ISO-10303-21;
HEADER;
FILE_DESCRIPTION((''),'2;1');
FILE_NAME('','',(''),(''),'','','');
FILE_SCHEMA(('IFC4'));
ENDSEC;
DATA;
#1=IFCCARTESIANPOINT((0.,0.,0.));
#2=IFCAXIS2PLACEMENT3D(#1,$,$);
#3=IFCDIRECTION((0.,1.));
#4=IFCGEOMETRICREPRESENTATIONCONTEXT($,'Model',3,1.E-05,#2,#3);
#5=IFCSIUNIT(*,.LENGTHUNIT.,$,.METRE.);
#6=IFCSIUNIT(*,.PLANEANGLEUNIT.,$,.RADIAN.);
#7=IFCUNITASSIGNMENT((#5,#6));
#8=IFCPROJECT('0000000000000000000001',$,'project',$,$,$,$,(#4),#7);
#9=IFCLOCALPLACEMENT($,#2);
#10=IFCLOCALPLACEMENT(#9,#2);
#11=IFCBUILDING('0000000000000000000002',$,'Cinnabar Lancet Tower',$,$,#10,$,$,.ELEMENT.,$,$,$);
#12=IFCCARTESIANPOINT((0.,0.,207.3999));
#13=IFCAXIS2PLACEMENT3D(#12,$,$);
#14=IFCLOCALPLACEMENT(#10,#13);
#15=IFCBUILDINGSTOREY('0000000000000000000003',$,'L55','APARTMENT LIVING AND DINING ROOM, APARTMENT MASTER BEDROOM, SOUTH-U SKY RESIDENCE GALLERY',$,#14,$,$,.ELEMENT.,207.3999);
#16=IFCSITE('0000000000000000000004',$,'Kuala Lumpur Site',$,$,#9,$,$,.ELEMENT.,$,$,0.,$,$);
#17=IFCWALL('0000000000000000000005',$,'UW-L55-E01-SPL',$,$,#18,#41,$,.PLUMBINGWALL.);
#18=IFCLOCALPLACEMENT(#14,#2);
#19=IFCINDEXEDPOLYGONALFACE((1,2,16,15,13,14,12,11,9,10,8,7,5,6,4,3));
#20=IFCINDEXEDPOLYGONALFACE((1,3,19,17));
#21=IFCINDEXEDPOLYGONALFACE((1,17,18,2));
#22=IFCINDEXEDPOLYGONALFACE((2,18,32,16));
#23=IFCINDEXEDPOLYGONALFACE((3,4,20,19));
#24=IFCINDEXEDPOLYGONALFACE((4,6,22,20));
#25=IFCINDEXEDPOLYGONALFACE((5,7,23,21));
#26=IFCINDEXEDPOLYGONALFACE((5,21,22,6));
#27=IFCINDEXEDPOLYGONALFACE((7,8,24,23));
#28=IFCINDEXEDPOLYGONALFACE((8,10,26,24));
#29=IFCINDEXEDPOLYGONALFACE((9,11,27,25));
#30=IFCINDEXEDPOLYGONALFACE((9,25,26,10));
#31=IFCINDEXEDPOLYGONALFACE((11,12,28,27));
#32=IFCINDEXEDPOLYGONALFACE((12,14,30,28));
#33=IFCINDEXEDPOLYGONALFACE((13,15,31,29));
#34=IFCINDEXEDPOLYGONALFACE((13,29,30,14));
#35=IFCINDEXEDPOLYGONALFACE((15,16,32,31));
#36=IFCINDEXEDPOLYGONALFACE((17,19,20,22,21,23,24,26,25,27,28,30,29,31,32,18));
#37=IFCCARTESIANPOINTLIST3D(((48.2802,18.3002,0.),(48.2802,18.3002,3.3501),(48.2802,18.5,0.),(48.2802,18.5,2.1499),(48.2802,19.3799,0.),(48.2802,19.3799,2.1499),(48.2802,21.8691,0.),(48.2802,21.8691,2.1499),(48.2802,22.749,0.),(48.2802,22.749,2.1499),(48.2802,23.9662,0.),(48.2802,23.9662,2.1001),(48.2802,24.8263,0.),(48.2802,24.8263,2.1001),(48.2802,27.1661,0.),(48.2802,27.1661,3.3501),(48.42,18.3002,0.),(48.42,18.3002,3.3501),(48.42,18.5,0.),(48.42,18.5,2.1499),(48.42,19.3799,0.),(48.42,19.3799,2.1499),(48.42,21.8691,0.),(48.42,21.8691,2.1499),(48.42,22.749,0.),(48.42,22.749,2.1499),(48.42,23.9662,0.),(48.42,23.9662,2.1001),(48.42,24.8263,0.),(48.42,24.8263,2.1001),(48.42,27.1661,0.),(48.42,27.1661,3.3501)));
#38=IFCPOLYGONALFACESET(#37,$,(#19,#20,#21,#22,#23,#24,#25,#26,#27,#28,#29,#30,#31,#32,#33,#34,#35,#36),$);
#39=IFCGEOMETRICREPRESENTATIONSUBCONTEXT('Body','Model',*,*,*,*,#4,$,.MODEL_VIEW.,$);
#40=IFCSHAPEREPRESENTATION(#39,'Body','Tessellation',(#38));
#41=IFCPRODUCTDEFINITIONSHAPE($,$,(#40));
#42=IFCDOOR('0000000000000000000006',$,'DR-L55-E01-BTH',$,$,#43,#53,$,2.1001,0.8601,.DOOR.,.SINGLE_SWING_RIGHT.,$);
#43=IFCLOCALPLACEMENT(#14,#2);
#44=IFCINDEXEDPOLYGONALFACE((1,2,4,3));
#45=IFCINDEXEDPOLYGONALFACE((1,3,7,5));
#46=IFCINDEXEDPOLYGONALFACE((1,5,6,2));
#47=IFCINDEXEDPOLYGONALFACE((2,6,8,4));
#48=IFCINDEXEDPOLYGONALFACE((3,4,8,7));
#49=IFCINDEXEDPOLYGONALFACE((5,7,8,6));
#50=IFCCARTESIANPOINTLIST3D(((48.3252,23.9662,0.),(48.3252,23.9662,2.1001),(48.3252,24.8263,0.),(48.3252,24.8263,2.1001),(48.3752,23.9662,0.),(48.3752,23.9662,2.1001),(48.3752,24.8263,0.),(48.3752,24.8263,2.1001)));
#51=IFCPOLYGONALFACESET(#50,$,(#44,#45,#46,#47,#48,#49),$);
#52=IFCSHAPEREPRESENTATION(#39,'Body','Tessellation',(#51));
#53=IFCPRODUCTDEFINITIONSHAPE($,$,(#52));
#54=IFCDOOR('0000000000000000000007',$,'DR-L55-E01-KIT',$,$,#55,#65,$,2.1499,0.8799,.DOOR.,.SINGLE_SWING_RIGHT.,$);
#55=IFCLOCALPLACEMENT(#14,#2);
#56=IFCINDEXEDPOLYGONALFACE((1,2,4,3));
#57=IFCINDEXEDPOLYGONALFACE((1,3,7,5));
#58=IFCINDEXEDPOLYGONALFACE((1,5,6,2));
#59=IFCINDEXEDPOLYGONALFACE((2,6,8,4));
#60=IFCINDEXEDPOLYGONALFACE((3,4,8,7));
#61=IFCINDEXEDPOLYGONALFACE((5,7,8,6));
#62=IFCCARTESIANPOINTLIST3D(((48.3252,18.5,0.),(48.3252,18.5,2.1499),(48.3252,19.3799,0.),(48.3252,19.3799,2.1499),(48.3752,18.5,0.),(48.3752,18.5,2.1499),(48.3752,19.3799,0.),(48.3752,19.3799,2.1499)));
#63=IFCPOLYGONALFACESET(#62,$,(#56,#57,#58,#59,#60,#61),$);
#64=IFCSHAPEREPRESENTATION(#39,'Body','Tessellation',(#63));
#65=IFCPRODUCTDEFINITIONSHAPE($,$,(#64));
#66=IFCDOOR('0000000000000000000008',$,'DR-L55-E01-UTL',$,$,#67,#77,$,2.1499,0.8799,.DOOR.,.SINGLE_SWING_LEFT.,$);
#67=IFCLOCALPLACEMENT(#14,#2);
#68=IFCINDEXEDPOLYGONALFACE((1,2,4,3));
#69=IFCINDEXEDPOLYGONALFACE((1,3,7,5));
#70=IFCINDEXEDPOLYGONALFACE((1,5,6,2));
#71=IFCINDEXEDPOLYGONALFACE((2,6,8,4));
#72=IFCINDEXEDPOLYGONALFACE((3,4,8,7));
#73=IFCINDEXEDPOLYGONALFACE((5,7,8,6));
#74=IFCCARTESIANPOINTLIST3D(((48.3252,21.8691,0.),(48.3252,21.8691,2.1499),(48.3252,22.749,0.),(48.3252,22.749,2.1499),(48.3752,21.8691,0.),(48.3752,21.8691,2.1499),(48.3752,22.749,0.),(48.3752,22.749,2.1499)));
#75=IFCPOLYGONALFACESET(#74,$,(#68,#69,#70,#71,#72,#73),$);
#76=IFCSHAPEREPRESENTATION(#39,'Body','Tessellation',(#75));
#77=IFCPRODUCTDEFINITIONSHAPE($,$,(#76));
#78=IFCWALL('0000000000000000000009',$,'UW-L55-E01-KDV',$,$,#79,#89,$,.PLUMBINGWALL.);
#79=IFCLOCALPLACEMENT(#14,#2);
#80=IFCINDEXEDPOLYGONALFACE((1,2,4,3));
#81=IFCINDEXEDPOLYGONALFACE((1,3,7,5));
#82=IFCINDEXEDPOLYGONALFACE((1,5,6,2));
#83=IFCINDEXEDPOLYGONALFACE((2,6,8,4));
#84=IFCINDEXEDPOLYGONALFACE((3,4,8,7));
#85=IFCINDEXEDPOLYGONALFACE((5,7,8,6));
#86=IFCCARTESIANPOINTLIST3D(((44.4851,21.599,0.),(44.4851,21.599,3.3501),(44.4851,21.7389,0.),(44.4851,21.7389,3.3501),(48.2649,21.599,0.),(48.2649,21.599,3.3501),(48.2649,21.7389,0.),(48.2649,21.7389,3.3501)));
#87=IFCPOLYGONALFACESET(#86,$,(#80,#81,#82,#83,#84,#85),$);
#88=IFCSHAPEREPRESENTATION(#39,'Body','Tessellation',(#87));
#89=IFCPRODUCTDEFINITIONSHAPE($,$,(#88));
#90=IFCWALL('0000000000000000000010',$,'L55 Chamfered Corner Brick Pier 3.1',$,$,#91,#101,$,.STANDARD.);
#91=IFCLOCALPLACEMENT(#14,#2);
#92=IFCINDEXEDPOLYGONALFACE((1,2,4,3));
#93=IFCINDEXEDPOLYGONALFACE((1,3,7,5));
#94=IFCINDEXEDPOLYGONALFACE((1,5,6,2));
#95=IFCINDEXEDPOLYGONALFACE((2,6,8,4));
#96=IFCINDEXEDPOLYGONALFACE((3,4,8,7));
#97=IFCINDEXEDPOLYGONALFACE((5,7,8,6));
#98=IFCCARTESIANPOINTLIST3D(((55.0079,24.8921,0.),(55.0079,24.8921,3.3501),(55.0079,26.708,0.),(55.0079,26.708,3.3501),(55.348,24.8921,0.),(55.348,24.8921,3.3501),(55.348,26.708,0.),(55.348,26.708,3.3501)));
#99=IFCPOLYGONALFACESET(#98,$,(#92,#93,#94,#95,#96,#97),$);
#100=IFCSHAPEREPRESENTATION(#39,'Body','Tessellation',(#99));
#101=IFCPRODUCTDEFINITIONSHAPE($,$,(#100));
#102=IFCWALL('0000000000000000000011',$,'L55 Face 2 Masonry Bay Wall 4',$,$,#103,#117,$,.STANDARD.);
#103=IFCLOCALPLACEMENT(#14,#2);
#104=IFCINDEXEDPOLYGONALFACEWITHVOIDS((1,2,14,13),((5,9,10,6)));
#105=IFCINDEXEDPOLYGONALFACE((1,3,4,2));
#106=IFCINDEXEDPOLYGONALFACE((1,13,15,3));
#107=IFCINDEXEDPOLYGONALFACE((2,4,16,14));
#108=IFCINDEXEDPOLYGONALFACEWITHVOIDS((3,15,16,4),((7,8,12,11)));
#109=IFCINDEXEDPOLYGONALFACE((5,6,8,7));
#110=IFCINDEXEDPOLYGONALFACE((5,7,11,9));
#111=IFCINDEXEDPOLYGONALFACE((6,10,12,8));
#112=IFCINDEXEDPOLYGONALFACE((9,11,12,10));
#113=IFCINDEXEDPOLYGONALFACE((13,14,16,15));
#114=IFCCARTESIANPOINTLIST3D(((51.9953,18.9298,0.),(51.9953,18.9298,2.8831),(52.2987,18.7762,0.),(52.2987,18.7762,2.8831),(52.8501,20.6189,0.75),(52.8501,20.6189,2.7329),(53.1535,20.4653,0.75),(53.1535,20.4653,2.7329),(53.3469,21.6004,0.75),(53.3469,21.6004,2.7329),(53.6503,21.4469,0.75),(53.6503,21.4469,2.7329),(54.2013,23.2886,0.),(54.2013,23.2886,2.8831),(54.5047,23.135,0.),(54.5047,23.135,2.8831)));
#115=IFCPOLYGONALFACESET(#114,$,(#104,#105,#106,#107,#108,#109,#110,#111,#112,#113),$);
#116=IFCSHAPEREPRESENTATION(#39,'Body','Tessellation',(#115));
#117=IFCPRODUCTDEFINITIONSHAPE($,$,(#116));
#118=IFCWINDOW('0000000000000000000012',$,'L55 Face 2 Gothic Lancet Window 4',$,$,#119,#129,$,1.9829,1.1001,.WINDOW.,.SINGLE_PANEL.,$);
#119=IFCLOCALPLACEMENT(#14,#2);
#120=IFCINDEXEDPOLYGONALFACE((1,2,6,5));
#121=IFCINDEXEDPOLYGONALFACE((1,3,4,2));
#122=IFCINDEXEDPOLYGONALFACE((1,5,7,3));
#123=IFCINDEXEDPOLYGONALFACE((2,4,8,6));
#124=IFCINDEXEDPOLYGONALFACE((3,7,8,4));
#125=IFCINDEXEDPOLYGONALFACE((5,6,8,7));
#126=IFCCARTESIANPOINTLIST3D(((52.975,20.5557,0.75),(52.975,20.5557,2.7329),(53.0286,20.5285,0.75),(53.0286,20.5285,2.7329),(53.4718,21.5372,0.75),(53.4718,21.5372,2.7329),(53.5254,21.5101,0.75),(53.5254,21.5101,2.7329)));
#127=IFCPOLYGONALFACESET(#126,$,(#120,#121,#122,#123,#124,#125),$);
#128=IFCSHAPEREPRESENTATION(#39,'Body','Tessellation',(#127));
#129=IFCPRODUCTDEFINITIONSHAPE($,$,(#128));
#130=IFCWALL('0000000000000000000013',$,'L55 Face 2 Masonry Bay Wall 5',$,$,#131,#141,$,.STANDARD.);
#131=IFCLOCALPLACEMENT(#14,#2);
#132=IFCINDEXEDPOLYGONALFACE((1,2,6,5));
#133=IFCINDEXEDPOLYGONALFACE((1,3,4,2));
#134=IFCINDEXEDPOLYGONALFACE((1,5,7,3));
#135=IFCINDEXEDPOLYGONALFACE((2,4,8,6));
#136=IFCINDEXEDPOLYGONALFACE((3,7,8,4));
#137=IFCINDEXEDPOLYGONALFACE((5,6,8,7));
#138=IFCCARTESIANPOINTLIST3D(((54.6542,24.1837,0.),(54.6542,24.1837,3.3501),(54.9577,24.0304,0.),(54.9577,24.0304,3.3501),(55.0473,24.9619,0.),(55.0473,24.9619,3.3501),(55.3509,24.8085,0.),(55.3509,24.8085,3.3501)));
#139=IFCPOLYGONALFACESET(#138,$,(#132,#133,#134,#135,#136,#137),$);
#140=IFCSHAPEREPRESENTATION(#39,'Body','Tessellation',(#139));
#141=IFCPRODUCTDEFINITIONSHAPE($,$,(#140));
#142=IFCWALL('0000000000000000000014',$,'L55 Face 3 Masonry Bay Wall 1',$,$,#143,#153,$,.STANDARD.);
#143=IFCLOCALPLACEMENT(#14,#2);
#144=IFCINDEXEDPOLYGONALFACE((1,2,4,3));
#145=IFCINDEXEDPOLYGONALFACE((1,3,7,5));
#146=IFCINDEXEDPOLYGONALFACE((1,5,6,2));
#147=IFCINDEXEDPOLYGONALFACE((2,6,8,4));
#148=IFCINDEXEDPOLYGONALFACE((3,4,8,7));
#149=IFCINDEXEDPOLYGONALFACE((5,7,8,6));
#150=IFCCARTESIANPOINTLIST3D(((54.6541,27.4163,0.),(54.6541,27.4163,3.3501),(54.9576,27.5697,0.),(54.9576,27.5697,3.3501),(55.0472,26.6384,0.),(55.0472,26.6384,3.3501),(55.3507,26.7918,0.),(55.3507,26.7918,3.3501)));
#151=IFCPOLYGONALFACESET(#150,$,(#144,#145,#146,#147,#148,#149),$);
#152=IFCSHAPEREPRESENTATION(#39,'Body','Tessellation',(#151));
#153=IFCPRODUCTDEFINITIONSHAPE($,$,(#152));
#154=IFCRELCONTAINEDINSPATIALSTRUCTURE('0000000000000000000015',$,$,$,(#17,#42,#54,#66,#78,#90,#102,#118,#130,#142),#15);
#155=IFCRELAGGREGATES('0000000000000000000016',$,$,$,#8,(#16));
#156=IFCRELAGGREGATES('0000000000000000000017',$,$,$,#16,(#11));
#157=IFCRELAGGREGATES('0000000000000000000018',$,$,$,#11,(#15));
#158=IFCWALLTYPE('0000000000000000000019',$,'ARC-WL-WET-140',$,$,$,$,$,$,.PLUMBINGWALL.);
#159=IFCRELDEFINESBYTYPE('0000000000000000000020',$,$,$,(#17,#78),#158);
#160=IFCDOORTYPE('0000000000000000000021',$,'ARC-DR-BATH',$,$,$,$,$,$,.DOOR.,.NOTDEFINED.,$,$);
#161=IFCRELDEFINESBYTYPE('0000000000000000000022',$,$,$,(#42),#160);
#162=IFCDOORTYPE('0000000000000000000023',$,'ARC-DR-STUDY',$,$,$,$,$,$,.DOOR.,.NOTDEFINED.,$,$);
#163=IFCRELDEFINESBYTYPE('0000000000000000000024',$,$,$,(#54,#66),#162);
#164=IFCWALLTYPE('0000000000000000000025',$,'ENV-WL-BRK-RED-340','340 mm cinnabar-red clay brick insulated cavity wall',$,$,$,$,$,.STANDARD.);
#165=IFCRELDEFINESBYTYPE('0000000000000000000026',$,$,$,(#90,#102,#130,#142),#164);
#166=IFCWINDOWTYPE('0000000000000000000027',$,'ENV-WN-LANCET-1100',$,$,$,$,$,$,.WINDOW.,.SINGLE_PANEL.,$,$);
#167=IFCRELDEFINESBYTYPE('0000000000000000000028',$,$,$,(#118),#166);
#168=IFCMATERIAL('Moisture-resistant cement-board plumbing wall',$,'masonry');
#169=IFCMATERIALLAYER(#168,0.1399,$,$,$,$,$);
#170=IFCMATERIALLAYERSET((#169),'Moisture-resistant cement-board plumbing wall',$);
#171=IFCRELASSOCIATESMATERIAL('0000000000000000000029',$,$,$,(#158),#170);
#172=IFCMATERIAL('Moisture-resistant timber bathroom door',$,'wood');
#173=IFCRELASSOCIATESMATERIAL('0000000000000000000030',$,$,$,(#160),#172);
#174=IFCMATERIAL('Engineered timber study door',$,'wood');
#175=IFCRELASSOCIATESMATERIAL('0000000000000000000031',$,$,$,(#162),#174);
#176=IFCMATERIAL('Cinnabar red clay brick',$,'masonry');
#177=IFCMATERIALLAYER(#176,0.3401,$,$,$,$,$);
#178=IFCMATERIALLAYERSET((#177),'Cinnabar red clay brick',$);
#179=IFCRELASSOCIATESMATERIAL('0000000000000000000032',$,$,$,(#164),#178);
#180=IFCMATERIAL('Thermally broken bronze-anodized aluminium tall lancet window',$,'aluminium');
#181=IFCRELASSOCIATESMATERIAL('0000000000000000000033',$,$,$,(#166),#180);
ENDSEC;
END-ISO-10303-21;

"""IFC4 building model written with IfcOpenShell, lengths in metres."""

from ifc_helpers import new_model, si_unit, direction, frame, frame_2d, origin, place, context, subcontext, project, spatial, rectangle, extrude, material, layer, layer_set, type_object, element, fill, save


model = new_model("IFC4")

# Units and contexts
model_context = context("Model", 3, precision=1e-05, world=origin(), true_north=direction((0.0, 1.0)))
body_context = subcontext(model_context, "Body", "Model", "MODEL_VIEW")
ifc_project = project(units=[si_unit("LENGTHUNIT", "METRE"), si_unit("PLANEANGLEUNIT", "RADIAN")], contexts=[model_context])

# Site, building, storey
site_placement = place(None, origin())
site = spatial("IfcSite", under=ifc_project, at=site_placement, Name="Kuala Lumpur Site", CompositionType="ELEMENT", RefElevation=0.0)
building_placement = place(site_placement, origin())
building = spatial("IfcBuilding", under=site, at=building_placement, Name="Cinnabar Lancet Tower", CompositionType="ELEMENT")
storey_placement = place(building_placement, frame((0.0, 0.0, 207.3999)))
storey = spatial("IfcBuildingStorey", under=building, at=storey_placement, Name="L55", Description="APARTMENT LIVING AND DINING ROOM, APARTMENT MASTER BEDROOM, SOUTH-U SKY RESIDENCE GALLERY", CompositionType="ELEMENT", Elevation=207.3999)

# Wall, openings, doors
ifc_material_1 = material(Name="Moisture-resistant cement-board plumbing wall", Category="masonry")
ifc_layer_1 = layer(ifc_material_1, 0.1399)
ifc_layer_set_1 = layer_set([ifc_layer_1], Name="Moisture-resistant cement-board plumbing wall")
wall_type_1 = type_object("IfcWallType", Name="ARC-WL-WET-140", PredefinedType="PLUMBINGWALL", material=ifc_layer_set_1)
wall_1_placement = place(storey_placement, frame((48.3501, 18.3, 0.0), z_axis=(0.0, 0.0, 1.0), x_axis=(0.0, 1.0, 0.0)))
wall_1 = element("IfcWall", 1, at=wall_1_placement, inside=storey, type_object=wall_type_1, Name="UW-L55-E01-SPL", PredefinedType="PLUMBINGWALL", context=body_context, shape_type="SweptSolid", body=[
    extrude(rectangle(XDim=8.866, YDim=0.1399, at=frame_2d((4.4331, 0.0))), origin(), (0.0, 0.0, 1.0), 3.3501),
])
opening_1_placement = place(wall_1_placement, frame((0.2, 0.0, 0.0)))
opening_1 = element("IfcOpeningElement", 2, at=opening_1_placement, cuts=wall_1, PredefinedType="OPENING", context=body_context, shape_type="SweptSolid", body=[
    extrude(rectangle(XDim=0.8799, YDim=2.1499, at=frame_2d((0.4399, 1.075))), frame((0.0, 0.0798, 0.0), z_axis=(0.0, -1.0, 0.0), x_axis=(1.0, 0.0, 0.0)), (0.0, 0.0, 1.0), 0.1599),
])
opening_2_placement = place(wall_1_placement, frame((3.5691, 0.0, 0.0)))
opening_2 = element("IfcOpeningElement", 3, at=opening_2_placement, cuts=wall_1, PredefinedType="OPENING", context=body_context, shape_type="SweptSolid", body=[
    extrude(rectangle(XDim=0.8799, YDim=2.1499, at=frame_2d((0.4399, 1.075))), frame((0.0, 0.0798, 0.0), z_axis=(0.0, -1.0, 0.0), x_axis=(1.0, 0.0, 0.0)), (0.0, 0.0, 1.0), 0.1599),
])
opening_3_placement = place(wall_1_placement, frame((5.666, 0.0, 0.0)))
opening_3 = element("IfcOpeningElement", 4, at=opening_3_placement, cuts=wall_1, PredefinedType="OPENING", context=body_context, shape_type="SweptSolid", body=[
    extrude(rectangle(XDim=0.8601, YDim=2.1001, at=frame_2d((0.4302, 1.05))), frame((0.0, 0.0798, 0.0), z_axis=(0.0, -1.0, 0.0), x_axis=(1.0, 0.0, 0.0)), (0.0, 0.0, 1.0), 0.1599),
])
ifc_material_2 = material(Name="Moisture-resistant timber bathroom door", Category="wood")
door_type_1 = type_object("IfcDoorType", Name="ARC-DR-BATH", OperationType="NOTDEFINED", PredefinedType="DOOR", material=ifc_material_2)
door_1_placement = place(opening_3_placement, origin())
door_1 = element("IfcDoor", 5, at=door_1_placement, inside=storey, type_object=door_type_1, Name="DR-L55-E01-BTH", OperationType="SINGLE_SWING_RIGHT", OverallHeight=2.1001, OverallWidth=0.8601, PredefinedType="DOOR", context=body_context, shape_type="SweptSolid", body=[
    extrude(rectangle(XDim=0.8601, YDim=2.1001, at=frame_2d((0.4302, 1.05))), frame((0.0, 0.0249, 0.0), z_axis=(0.0, -1.0, 0.0), x_axis=(1.0, 0.0, 0.0)), (0.0, 0.0, 1.0), 0.05),
])
fill(opening_3, door_1)
ifc_material_3 = material(Name="Engineered timber study door", Category="wood")
door_type_2 = type_object("IfcDoorType", Name="ARC-DR-STUDY", OperationType="NOTDEFINED", PredefinedType="DOOR", material=ifc_material_3)
door_2_placement = place(opening_1_placement, origin())
door_2 = element("IfcDoor", 6, at=door_2_placement, inside=storey, type_object=door_type_2, Name="DR-L55-E01-KIT", OperationType="SINGLE_SWING_RIGHT", OverallHeight=2.1499, OverallWidth=0.8799, PredefinedType="DOOR", context=body_context, shape_type="SweptSolid", body=[
    extrude(rectangle(XDim=0.8799, YDim=2.1499, at=frame_2d((0.4399, 1.075))), frame((0.0, 0.0249, 0.0), z_axis=(0.0, -1.0, 0.0), x_axis=(1.0, 0.0, 0.0)), (0.0, 0.0, 1.0), 0.05),
])
fill(opening_1, door_2)
door_3_placement = place(opening_2_placement, origin())
door_3 = element("IfcDoor", 7, at=door_3_placement, inside=storey, type_object=door_type_2, Name="DR-L55-E01-UTL", OperationType="SINGLE_SWING_LEFT", OverallHeight=2.1499, OverallWidth=0.8799, PredefinedType="DOOR", context=body_context, shape_type="SweptSolid", body=[
    extrude(rectangle(XDim=0.8799, YDim=2.1499, at=frame_2d((0.4399, 1.075))), frame((0.0, 0.0249, 0.0), z_axis=(0.0, -1.0, 0.0), x_axis=(1.0, 0.0, 0.0)), (0.0, 0.0, 1.0), 0.05),
])
fill(opening_2, door_3)

# Walls
wall_2_placement = place(storey_placement, frame((44.4851, 21.6689, 0.0), z_axis=(0.0, 0.0, 1.0), x_axis=(1.0, 0.0, 0.0)))
element("IfcWall", 8, at=wall_2_placement, inside=storey, type_object=wall_type_1, Name="UW-L55-E01-KDV", PredefinedType="PLUMBINGWALL", context=body_context, shape_type="SweptSolid", body=[
    extrude(rectangle(XDim=3.7798, YDim=0.1399, at=frame_2d((1.8899, 0.0))), origin(), (0.0, 0.0, 1.0), 3.3501),
])
ifc_material_4 = material(Name="Cinnabar red clay brick", Category="masonry")
ifc_layer_2 = layer(ifc_material_4, 0.3401)
ifc_layer_set_2 = layer_set([ifc_layer_2], Name="Cinnabar red clay brick")
wall_type_2 = type_object("IfcWallType", Name="ENV-WL-BRK-RED-340", Description="340 mm cinnabar-red clay brick insulated cavity wall", PredefinedType="STANDARD", material=ifc_layer_set_2)
wall_3_placement = place(storey_placement, frame((55.178, 24.8921, 0.0), z_axis=(0.0, 0.0, 1.0), x_axis=(0.0, 1.0, 0.0)))
element("IfcWall", 9, at=wall_3_placement, inside=storey, type_object=wall_type_2, Name="L55 Chamfered Corner Brick Pier 3.1", PredefinedType="STANDARD", context=body_context, shape_type="SweptSolid", body=[
    extrude(rectangle(XDim=1.8159, YDim=0.3401, at=frame_2d((0.908, 0.0))), origin(), (0.0, 0.0, 1.0), 3.3501),
])

# Wall, opening, window
wall_4_placement = place(storey_placement, frame((52.147, 18.853, 0.0), z_axis=(0.0, 0.0, 1.0), x_axis=(0.451566, 0.892238, 0.0)))
wall_4 = element("IfcWall", 10, at=wall_4_placement, inside=storey, type_object=wall_type_2, Name="L55 Face 2 Masonry Bay Wall 4", PredefinedType="STANDARD", context=body_context, shape_type="SweptSolid", body=[
    extrude(rectangle(XDim=4.8853, YDim=0.3401, at=frame_2d((2.4426, 0.0))), origin(), (0.0, 0.0, 1.0), 2.8831),
])
opening_4_placement = place(wall_4_placement, frame((1.8931, 0.0, 0.75)))
opening_4 = element("IfcOpeningElement", 11, at=opening_4_placement, cuts=wall_4, PredefinedType="OPENING", context=body_context, shape_type="SweptSolid", body=[
    extrude(rectangle(XDim=1.1001, YDim=1.9829, at=frame_2d((0.55, 0.9915))), frame((0.0, 0.1799, 0.0), z_axis=(0.0, -1.0, 0.0), x_axis=(1.0, 0.0, 0.0)), (0.0, 0.0, 1.0), 0.3601),
])
ifc_material_5 = material(Name="Thermally broken bronze-anodized aluminium tall lancet window", Category="aluminium")
window_type = type_object("IfcWindowType", Name="ENV-WN-LANCET-1100", PartitioningType="SINGLE_PANEL", PredefinedType="WINDOW", material=ifc_material_5)
window_placement = place(opening_4_placement, origin())
window = element("IfcWindow", 12, at=window_placement, inside=storey, type_object=window_type, Name="L55 Face 2 Gothic Lancet Window 4", OverallHeight=1.9829, OverallWidth=1.1001, PartitioningType="SINGLE_PANEL", PredefinedType="WINDOW", context=body_context, shape_type="SweptSolid", body=[
    extrude(rectangle(XDim=1.1001, YDim=1.9829, at=frame_2d((0.55, 0.9915))), frame((0.0, 0.03, 0.0), z_axis=(0.0, -1.0, 0.0), x_axis=(1.0, 0.0, 0.0)), (0.0, 0.0, 1.0), 0.0601),
])
fill(opening_4, window)

# Walls
wall_5_placement = place(storey_placement, frame((54.8059, 24.1069, 0.0), z_axis=(0.0, 0.0, 1.0), x_axis=(0.450907, 0.892571, 0.0)))
element("IfcWall", 13, at=wall_5_placement, inside=storey, type_object=wall_type_2, Name="L55 Face 2 Masonry Bay Wall 5", PredefinedType="STANDARD", context=body_context, shape_type="SweptSolid", body=[
    extrude(rectangle(XDim=0.8718, YDim=0.3401, at=frame_2d((0.436, 0.0))), origin(), (0.0, 0.0, 1.0), 3.3501),
])
wall_6_placement = place(storey_placement, frame((55.199, 26.7151, 0.0), z_axis=(0.0, 0.0, 1.0), x_axis=(-0.451019, 0.892514, 0.0)))
element("IfcWall", 14, at=wall_6_placement, inside=storey, type_object=wall_type_2, Name="L55 Face 3 Masonry Bay Wall 1", PredefinedType="STANDARD", context=body_context, shape_type="SweptSolid", body=[
    extrude(rectangle(XDim=0.8716, YDim=0.3401, at=frame_2d((0.4358, 0.0))), origin(), (0.0, 0.0, 1.0), 3.3501),
])

save(model, "model.ifc")
